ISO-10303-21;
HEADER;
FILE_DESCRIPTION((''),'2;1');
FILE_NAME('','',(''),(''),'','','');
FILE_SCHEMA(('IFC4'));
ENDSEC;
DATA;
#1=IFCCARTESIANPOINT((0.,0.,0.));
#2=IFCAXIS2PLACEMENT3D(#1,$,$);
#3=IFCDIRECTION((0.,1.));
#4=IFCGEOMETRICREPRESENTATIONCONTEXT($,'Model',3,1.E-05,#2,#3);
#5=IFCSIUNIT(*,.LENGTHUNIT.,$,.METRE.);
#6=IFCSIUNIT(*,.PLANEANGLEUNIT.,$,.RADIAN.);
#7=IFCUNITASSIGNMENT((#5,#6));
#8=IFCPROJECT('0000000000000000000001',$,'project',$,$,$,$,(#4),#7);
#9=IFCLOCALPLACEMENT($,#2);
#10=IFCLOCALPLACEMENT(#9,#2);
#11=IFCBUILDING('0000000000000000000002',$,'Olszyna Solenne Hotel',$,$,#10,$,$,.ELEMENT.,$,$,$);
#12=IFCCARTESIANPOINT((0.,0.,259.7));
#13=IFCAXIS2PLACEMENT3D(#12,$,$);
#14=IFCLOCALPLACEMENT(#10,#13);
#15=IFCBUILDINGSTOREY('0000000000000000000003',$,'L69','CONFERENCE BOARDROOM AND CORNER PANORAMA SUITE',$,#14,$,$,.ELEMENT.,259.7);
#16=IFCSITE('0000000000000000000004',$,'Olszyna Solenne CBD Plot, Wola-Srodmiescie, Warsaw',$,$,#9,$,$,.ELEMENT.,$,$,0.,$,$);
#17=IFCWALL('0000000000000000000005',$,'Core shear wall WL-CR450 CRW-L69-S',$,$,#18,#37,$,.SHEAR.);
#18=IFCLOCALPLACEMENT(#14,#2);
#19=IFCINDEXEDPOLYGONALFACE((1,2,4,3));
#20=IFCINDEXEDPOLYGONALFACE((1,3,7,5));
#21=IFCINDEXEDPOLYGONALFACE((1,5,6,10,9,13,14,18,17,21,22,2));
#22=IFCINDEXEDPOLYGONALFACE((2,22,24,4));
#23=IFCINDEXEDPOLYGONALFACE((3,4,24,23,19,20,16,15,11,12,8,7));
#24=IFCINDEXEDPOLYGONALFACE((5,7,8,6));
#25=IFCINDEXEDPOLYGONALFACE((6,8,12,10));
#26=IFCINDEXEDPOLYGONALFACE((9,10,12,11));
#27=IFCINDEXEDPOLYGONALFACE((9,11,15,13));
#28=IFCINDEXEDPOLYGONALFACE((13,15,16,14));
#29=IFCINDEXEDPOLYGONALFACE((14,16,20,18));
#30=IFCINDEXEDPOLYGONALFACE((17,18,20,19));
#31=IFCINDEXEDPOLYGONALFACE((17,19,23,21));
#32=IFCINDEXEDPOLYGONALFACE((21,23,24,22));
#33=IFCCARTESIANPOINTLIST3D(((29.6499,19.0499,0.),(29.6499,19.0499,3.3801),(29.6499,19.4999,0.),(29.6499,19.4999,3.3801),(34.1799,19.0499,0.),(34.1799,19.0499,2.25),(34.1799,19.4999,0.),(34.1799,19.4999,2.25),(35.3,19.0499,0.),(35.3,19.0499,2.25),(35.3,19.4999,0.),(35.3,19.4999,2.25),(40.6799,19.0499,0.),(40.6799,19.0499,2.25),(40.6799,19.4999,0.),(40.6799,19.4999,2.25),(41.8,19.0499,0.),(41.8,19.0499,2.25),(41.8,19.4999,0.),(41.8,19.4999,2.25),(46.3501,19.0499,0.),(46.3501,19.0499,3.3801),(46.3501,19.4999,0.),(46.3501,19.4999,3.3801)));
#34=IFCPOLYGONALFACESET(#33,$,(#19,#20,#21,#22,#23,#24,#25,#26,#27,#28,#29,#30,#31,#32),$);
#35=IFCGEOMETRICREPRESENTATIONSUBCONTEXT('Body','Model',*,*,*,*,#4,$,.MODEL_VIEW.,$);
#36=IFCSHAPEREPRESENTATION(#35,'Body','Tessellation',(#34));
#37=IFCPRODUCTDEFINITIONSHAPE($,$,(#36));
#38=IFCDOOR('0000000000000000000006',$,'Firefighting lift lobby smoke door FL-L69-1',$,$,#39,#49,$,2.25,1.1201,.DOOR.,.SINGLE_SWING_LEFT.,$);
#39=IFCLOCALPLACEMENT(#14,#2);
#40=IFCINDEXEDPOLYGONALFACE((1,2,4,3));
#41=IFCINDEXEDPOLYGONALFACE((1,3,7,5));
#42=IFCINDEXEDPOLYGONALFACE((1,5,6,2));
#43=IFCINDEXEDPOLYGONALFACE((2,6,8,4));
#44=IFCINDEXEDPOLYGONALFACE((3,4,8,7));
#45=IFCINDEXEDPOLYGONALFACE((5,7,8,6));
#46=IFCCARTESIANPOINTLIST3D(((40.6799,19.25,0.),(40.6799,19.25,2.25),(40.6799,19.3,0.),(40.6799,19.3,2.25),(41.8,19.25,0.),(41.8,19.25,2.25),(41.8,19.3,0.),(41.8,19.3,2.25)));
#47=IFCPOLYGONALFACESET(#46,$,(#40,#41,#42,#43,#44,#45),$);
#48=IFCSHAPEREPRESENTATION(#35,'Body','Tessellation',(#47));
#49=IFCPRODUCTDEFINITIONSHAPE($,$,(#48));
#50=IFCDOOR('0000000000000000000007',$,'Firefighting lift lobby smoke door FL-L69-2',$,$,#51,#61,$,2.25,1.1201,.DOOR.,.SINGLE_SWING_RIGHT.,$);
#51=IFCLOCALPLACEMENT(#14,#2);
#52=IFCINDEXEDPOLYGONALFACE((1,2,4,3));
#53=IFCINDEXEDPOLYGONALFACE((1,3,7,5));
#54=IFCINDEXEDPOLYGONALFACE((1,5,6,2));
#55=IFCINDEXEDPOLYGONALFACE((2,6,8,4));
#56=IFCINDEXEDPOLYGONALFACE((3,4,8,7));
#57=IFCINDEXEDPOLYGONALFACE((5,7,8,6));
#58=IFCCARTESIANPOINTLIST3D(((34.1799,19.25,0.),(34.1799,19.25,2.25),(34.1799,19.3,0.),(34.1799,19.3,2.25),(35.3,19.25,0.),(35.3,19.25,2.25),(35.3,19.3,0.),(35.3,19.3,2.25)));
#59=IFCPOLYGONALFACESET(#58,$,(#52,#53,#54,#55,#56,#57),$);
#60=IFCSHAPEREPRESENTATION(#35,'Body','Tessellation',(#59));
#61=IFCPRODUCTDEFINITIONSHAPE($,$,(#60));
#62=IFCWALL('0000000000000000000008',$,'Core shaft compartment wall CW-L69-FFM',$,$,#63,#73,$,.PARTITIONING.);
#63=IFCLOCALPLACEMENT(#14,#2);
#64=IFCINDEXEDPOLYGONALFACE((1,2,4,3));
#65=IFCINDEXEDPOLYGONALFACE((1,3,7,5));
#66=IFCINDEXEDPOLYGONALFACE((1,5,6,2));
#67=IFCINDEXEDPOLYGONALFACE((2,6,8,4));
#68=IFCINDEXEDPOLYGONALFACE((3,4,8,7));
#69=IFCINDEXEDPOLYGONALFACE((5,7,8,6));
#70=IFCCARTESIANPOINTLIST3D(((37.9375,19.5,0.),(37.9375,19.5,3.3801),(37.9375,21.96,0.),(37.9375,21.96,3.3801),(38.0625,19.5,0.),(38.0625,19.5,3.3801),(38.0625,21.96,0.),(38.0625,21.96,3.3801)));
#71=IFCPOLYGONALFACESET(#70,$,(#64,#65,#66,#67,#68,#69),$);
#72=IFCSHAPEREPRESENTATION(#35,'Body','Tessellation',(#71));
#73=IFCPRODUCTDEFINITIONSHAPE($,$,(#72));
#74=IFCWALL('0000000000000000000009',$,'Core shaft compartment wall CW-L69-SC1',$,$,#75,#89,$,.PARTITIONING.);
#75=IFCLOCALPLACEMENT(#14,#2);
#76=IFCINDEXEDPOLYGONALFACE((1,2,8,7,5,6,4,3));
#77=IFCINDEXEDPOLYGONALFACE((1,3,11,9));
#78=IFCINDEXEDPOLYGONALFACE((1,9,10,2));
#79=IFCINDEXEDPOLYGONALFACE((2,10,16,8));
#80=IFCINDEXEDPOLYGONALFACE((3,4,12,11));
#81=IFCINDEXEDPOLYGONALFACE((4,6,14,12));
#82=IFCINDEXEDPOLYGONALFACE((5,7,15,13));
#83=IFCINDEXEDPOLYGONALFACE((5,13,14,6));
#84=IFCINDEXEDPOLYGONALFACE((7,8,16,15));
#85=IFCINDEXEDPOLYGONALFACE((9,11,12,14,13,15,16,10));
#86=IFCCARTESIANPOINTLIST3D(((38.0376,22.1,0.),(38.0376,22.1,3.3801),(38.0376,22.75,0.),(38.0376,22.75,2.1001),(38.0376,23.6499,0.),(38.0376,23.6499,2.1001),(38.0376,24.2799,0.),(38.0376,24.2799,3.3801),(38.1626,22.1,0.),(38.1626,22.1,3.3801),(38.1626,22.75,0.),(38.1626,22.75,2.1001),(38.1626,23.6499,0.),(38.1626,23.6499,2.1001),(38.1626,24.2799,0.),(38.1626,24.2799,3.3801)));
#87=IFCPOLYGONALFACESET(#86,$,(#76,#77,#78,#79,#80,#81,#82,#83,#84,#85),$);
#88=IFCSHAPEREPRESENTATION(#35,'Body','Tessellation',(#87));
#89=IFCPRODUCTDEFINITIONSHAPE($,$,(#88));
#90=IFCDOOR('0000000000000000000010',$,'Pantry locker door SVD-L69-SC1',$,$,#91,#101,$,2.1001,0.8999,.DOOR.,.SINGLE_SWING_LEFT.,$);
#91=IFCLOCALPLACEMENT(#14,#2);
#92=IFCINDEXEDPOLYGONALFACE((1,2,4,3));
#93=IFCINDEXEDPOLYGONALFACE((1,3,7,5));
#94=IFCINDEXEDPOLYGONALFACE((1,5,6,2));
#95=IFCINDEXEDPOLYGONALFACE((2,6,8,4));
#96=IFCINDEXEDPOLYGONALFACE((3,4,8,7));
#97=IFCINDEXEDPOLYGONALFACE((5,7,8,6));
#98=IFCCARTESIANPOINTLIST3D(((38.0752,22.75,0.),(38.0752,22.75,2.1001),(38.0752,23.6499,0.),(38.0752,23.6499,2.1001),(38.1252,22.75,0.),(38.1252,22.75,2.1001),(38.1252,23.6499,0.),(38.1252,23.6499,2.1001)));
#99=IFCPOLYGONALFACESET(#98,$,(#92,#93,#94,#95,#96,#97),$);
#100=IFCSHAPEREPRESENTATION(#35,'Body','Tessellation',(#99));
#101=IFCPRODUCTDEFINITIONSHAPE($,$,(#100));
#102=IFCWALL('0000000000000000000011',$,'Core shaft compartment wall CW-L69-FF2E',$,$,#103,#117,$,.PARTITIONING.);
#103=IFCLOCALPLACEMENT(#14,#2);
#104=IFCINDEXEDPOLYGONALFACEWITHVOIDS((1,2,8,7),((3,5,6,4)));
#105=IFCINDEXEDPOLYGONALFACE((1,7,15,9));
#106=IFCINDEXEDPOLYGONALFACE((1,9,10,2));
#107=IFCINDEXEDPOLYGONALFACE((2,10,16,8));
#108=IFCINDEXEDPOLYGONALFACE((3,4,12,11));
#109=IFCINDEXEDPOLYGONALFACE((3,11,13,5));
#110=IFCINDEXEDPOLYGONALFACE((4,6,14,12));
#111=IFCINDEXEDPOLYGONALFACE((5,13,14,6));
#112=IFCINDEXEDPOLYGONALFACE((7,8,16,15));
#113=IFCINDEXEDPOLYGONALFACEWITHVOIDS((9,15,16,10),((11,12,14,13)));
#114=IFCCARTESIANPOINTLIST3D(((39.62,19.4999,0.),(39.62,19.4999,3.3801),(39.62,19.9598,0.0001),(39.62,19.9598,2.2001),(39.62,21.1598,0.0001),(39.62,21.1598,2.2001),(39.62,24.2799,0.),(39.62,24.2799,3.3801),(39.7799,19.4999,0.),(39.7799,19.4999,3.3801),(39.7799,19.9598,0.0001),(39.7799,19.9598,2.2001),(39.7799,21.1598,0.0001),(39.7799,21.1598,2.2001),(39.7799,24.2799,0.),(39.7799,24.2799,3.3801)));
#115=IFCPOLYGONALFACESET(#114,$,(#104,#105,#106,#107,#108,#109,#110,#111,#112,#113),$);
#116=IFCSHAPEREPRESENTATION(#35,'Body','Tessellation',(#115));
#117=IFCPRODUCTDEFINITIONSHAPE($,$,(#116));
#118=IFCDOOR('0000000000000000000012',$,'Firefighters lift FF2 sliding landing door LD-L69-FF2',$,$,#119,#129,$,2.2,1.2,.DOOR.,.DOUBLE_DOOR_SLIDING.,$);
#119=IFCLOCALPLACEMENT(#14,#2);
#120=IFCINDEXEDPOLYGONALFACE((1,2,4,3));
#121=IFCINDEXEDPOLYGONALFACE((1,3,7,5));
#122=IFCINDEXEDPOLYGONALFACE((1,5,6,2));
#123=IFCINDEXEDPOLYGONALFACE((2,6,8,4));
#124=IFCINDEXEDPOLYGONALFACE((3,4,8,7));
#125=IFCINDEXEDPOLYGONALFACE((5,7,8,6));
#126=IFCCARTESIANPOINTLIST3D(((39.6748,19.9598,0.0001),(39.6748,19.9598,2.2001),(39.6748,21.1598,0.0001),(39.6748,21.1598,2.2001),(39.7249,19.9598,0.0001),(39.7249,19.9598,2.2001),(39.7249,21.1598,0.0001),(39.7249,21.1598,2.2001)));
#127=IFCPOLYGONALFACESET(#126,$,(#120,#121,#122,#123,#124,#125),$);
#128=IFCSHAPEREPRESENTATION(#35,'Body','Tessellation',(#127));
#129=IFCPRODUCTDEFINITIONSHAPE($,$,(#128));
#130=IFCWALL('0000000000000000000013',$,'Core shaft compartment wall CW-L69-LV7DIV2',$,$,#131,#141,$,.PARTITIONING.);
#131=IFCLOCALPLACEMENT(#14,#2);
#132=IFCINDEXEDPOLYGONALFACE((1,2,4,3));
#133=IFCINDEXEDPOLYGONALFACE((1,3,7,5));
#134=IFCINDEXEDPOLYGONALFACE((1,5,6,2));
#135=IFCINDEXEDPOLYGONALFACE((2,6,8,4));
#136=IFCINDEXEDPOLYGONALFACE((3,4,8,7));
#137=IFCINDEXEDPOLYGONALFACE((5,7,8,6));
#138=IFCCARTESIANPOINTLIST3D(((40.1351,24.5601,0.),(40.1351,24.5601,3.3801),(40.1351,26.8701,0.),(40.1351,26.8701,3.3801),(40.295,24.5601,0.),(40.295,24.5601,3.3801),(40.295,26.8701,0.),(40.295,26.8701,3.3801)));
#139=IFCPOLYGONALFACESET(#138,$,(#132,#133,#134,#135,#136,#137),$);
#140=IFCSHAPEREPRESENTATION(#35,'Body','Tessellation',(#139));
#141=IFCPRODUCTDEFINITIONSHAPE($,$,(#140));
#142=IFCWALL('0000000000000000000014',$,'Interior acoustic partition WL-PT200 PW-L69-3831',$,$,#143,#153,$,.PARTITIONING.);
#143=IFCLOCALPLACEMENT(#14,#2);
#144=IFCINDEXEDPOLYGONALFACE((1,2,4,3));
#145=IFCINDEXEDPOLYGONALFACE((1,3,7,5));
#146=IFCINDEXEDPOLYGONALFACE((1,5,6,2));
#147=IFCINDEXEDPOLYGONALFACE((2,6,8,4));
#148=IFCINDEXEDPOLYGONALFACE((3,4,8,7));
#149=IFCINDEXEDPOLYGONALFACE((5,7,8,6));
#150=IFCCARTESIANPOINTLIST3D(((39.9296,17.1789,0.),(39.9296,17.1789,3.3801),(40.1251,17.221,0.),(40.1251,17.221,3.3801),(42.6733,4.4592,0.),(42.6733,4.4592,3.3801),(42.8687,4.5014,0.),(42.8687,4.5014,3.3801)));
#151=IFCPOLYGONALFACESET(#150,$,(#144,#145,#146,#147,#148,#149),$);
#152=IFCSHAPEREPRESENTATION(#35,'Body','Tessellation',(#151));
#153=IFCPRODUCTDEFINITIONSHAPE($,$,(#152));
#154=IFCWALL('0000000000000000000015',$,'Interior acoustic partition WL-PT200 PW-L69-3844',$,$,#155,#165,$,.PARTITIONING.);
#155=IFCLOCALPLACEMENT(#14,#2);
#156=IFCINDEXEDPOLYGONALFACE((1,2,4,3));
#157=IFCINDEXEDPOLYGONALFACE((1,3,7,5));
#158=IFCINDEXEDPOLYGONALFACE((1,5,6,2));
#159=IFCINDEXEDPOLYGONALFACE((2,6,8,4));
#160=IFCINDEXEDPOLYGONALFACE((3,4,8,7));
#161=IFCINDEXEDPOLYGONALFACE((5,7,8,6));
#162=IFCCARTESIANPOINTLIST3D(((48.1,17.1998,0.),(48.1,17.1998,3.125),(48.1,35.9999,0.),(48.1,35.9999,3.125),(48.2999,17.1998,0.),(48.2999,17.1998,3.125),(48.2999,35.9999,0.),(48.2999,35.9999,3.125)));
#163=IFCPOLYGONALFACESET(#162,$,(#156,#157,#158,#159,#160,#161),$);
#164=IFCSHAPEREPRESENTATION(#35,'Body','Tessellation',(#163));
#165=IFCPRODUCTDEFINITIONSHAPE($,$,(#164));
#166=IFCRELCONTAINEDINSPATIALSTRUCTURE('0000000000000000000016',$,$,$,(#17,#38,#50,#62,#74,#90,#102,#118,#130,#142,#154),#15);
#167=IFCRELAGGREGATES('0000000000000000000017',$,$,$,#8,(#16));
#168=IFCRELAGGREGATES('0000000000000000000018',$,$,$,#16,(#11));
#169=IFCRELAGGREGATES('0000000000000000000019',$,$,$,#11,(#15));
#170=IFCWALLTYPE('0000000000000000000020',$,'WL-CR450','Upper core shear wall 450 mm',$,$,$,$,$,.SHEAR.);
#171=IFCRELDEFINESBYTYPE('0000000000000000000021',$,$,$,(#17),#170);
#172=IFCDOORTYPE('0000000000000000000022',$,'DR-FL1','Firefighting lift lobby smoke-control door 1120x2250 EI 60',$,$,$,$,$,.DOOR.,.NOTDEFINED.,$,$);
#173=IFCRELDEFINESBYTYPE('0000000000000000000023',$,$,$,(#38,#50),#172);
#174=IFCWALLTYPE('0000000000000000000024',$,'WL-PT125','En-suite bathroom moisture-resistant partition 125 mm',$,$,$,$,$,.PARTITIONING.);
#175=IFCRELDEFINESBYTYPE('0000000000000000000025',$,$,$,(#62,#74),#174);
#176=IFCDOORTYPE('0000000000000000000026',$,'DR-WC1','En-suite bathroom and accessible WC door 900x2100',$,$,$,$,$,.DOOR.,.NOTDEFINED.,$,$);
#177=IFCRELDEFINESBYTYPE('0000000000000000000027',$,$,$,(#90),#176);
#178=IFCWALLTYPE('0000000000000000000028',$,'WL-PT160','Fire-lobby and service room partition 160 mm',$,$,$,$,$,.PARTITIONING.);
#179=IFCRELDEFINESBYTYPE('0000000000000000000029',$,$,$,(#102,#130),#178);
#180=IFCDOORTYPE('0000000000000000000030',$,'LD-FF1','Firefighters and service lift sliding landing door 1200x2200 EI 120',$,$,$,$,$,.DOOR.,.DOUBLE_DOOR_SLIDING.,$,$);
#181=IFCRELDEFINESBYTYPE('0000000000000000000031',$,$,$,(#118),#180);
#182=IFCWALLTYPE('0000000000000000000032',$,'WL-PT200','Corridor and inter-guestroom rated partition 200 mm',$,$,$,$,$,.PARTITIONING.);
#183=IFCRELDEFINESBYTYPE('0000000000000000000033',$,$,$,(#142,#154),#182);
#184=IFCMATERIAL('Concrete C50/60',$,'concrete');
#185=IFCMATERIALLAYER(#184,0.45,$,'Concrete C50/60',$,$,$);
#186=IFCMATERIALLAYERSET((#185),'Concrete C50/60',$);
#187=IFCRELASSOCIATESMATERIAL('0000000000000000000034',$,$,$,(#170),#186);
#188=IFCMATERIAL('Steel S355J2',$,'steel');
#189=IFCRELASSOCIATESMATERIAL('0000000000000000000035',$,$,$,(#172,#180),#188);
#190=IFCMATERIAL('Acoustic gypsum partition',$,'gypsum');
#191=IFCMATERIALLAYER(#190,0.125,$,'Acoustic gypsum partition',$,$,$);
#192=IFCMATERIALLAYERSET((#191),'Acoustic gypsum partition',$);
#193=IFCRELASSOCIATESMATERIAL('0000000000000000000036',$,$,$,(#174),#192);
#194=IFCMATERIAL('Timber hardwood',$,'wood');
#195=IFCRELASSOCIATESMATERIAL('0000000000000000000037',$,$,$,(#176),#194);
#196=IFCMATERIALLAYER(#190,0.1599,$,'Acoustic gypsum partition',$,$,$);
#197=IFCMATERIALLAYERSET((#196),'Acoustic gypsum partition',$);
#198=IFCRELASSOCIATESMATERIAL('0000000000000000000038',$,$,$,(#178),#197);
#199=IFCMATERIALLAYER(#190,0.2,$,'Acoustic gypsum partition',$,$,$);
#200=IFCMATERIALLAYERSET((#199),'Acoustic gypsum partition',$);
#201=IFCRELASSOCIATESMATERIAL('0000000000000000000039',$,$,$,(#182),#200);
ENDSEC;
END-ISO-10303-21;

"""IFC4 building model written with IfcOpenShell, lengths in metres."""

from ifc_helpers import new_model, si_unit, direction, frame, frame_2d, origin, place, context, subcontext, project, spatial, rectangle, extrude, source, transform, mapped, material, layer, layer_set, type_object, type_shapes, element, fill, save


model = new_model("IFC4")

# Units and contexts
model_context = context("Model", 3, precision=1e-05, world=origin(), true_north=direction((0.0, 1.0)))
body_context = subcontext(model_context, "Body", "Model", "MODEL_VIEW")
ifc_project = project(units=[si_unit("LENGTHUNIT", "METRE"), si_unit("PLANEANGLEUNIT", "RADIAN")], contexts=[model_context])

# Site, building, storey
site_placement = place(None, origin())
site = spatial("IfcSite", under=ifc_project, at=site_placement, Name="Olszyna Solenne CBD Plot, Wola-Srodmiescie, Warsaw", CompositionType="ELEMENT", RefElevation=0.0)
building_placement = place(site_placement, origin())
building = spatial("IfcBuilding", under=site, at=building_placement, Name="Olszyna Solenne Hotel", CompositionType="ELEMENT")
storey_placement = place(building_placement, frame((0.0, 0.0, 259.7)))
storey = spatial("IfcBuildingStorey", under=building, at=storey_placement, Name="L69", Description="CONFERENCE BOARDROOM AND CORNER PANORAMA SUITE", CompositionType="ELEMENT", Elevation=259.7)

# Shared definitions
ifc_material_1 = material(Name="Steel S355J2", Category="steel")

# Shared definitions
ifc_material_2 = material(Name="Concrete C50/60", Category="concrete")

# Wall, openings, doors
ifc_layer_1 = layer(ifc_material_2, 0.45, Name="Concrete C50/60")
ifc_layer_set_1 = layer_set([ifc_layer_1], Name="Concrete C50/60")
wall_type_1 = type_object("IfcWallType", Name="WL-CR450", Description="Upper core shear wall 450 mm", PredefinedType="SHEAR", material=ifc_layer_set_1)
wall_1_placement = place(storey_placement, frame((46.3501, 19.2749, 0.0), z_axis=(0.0, 0.0, 1.0), x_axis=(-1.0, 0.0, 0.0)))
wall_1 = element("IfcWall", 1, at=wall_1_placement, inside=storey, type_object=wall_type_1, Name="Core shear wall WL-CR450 CRW-L69-S", PredefinedType="SHEAR", context=body_context, shape_type="SweptSolid", body=[
    extrude(rectangle(XDim=16.7002, YDim=0.45, at=frame_2d((8.3501, 0.0))), origin(), (0.0, 0.0, 1.0), 3.3801),
])
opening_1_placement = place(wall_1_placement, frame((4.55, 0.0, 0.0)))
opening_1 = element("IfcOpeningElement", 2, at=opening_1_placement, cuts=wall_1, PredefinedType="OPENING", context=body_context, shape_type="SweptSolid", body=[
    extrude(rectangle(XDim=1.1201, YDim=2.25, at=frame_2d((0.5601, 1.125))), frame((0.0, 0.2349, 0.0), z_axis=(0.0, -1.0, 0.0), x_axis=(1.0, 0.0, 0.0)), (0.0, 0.0, 1.0), 0.47),
])
opening_2_placement = place(wall_1_placement, frame((11.05, 0.0, 0.0)))
opening_2 = element("IfcOpeningElement", 3, at=opening_2_placement, cuts=wall_1, PredefinedType="OPENING", context=body_context, shape_type="SweptSolid", body=[
    extrude(rectangle(XDim=1.1201, YDim=2.25, at=frame_2d((0.5601, 1.125))), frame((0.0, 0.2349, 0.0), z_axis=(0.0, -1.0, 0.0), x_axis=(1.0, 0.0, 0.0)), (0.0, 0.0, 1.0), 0.47),
])
door_type_1 = type_object("IfcDoorType", Name="DR-FL1", Description="Firefighting lift lobby smoke-control door 1120x2250 EI 60", OperationType="NOTDEFINED", PredefinedType="DOOR", material=ifc_material_1)
shared_shape_1 = source(origin(), body_context, "Body", "SweptSolid", [
    extrude(rectangle(XDim=1.1201, YDim=2.25, at=frame_2d((0.5601, 1.125))), frame((0.0, 0.0249, 0.0), z_axis=(0.0, -1.0, 0.0), x_axis=(1.0, 0.0, 0.0)), (0.0, 0.0, 1.0), 0.05),
])
type_shapes(door_type_1, [shared_shape_1])
door_1_placement = place(opening_1_placement, origin())
door_1 = element("IfcDoor", 4, at=door_1_placement, inside=storey, type_object=door_type_1, Name="Firefighting lift lobby smoke door FL-L69-1", OperationType="SINGLE_SWING_LEFT", OverallHeight=2.25, OverallWidth=1.1201, PredefinedType="DOOR", context=body_context, shape_type="MappedRepresentation", body=[
    mapped(shared_shape_1, transform((0.0, 0.0, 0.0), x_axis=(1.0, 0.0, 0.0), y_axis=(0.0, 1.0, 0.0), z_axis=(0.0, 0.0, 1.0), scale=1.0)),
])
fill(opening_1, door_1)
door_2_placement = place(opening_2_placement, origin())
door_2 = element("IfcDoor", 5, at=door_2_placement, inside=storey, type_object=door_type_1, Name="Firefighting lift lobby smoke door FL-L69-2", OperationType="SINGLE_SWING_RIGHT", OverallHeight=2.25, OverallWidth=1.1201, PredefinedType="DOOR", context=body_context, shape_type="MappedRepresentation", body=[
    mapped(shared_shape_1, transform((0.0, 0.0, 0.0), x_axis=(1.0, 0.0, 0.0), y_axis=(0.0, 1.0, 0.0), z_axis=(0.0, 0.0, 1.0), scale=1.0)),
])
fill(opening_2, door_2)

# Wall
ifc_material_3 = material(Name="Acoustic gypsum partition", Category="gypsum")
ifc_layer_2 = layer(ifc_material_3, 0.125, Name="Acoustic gypsum partition")
ifc_layer_set_2 = layer_set([ifc_layer_2], Name="Acoustic gypsum partition")
wall_type_2 = type_object("IfcWallType", Name="WL-PT125", Description="En-suite bathroom moisture-resistant partition 125 mm", PredefinedType="PARTITIONING", material=ifc_layer_set_2)
wall_2_placement = place(storey_placement, frame((38.0, 19.5, 0.0), z_axis=(0.0, 0.0, 1.0), x_axis=(0.0, 1.0, 0.0)))
element("IfcWall", 6, at=wall_2_placement, inside=storey, type_object=wall_type_2, Name="Core shaft compartment wall CW-L69-FFM", PredefinedType="PARTITIONING", context=body_context, shape_type="SweptSolid", body=[
    extrude(rectangle(XDim=2.46, YDim=0.125, at=frame_2d((1.23, 0.0))), origin(), (0.0, 0.0, 1.0), 3.3801),
])

# Walls, openings, doors
wall_3_placement = place(storey_placement, frame((38.1001, 22.1001, 0.0), z_axis=(0.0, 0.0, 1.0), x_axis=(0.0, 1.0, 0.0)))
wall_3 = element("IfcWall", 7, at=wall_3_placement, inside=storey, type_object=wall_type_2, Name="Core shaft compartment wall CW-L69-SC1", PredefinedType="PARTITIONING", context=body_context, shape_type="SweptSolid", body=[
    extrude(rectangle(XDim=2.1799, YDim=0.125, at=frame_2d((1.0898, 0.0))), origin(), (0.0, 0.0, 1.0), 3.3801),
])
opening_3_placement = place(wall_3_placement, frame((0.6499, 0.0, 0.0)))
opening_3 = element("IfcOpeningElement", 8, at=opening_3_placement, cuts=wall_3, PredefinedType="OPENING", context=body_context, shape_type="SweptSolid", body=[
    extrude(rectangle(XDim=0.8999, YDim=2.1001, at=frame_2d((0.45, 1.05))), frame((0.0, 0.0725, 0.0), z_axis=(0.0, -1.0, 0.0), x_axis=(1.0, 0.0, 0.0)), (0.0, 0.0, 1.0), 0.145),
])
ifc_material_4 = material(Name="Timber hardwood", Category="wood")
door_type_2 = type_object("IfcDoorType", Name="DR-WC1", Description="En-suite bathroom and accessible WC door 900x2100", OperationType="NOTDEFINED", PredefinedType="DOOR", material=ifc_material_4)
shared_shape_2 = source(origin(), body_context, "Body", "SweptSolid", [
    extrude(rectangle(XDim=0.8999, YDim=2.1001, at=frame_2d((0.45, 1.05))), frame((0.0, 0.0249, 0.0), z_axis=(0.0, -1.0, 0.0), x_axis=(1.0, 0.0, 0.0)), (0.0, 0.0, 1.0), 0.05),
])
type_shapes(door_type_2, [shared_shape_2])
door_3_placement = place(opening_3_placement, origin())
door_3 = element("IfcDoor", 9, at=door_3_placement, inside=storey, type_object=door_type_2, Name="Pantry locker door SVD-L69-SC1", OperationType="SINGLE_SWING_LEFT", OverallHeight=2.1001, OverallWidth=0.8999, PredefinedType="DOOR", context=body_context, shape_type="MappedRepresentation", body=[
    mapped(shared_shape_2, transform((0.0, 0.0, 0.0), x_axis=(1.0, 0.0, 0.0), y_axis=(0.0, 1.0, 0.0), z_axis=(0.0, 0.0, 1.0), scale=1.0)),
])
fill(opening_3, door_3)
ifc_layer_3 = layer(ifc_material_3, 0.1599, Name="Acoustic gypsum partition")
ifc_layer_set_3 = layer_set([ifc_layer_3], Name="Acoustic gypsum partition")
wall_type_3 = type_object("IfcWallType", Name="WL-PT160", Description="Fire-lobby and service room partition 160 mm", PredefinedType="PARTITIONING", material=ifc_layer_set_3)
wall_4_placement = place(storey_placement, frame((39.7, 24.28, 0.0), z_axis=(0.0, 0.0, 1.0), x_axis=(0.0, -1.0, 0.0)))
wall_4 = element("IfcWall", 10, at=wall_4_placement, inside=storey, type_object=wall_type_3, Name="Core shaft compartment wall CW-L69-FF2E", PredefinedType="PARTITIONING", context=body_context, shape_type="SweptSolid", body=[
    extrude(rectangle(XDim=4.78, YDim=0.1599, at=frame_2d((2.3901, 0.0))), origin(), (0.0, 0.0, 1.0), 3.3801),
])
opening_4_placement = place(wall_4_placement, frame((3.1201, 0.0, 0.0)))
opening_4 = element("IfcOpeningElement", 11, at=opening_4_placement, cuts=wall_4, PredefinedType="OPENING", context=body_context, shape_type="SweptSolid", body=[
    extrude(rectangle(XDim=1.2, YDim=2.2, at=frame_2d((0.6001, 1.1001))), frame((0.0, 0.0898, 0.0), z_axis=(0.0, -1.0, 0.0), x_axis=(1.0, 0.0, 0.0)), (0.0, 0.0, 1.0), 0.1799),
])
door_type_3 = type_object("IfcDoorType", Name="LD-FF1", Description="Firefighters and service lift sliding landing door 1200x2200 EI 120", OperationType="DOUBLE_DOOR_SLIDING", PredefinedType="DOOR", material=ifc_material_1)
shared_shape_3 = source(origin(), body_context, "Body", "SweptSolid", [
    extrude(rectangle(XDim=1.2, YDim=2.2, at=frame_2d((0.6001, 1.1001))), frame((0.0, 0.0249, 0.0), z_axis=(0.0, -1.0, 0.0), x_axis=(1.0, 0.0, 0.0)), (0.0, 0.0, 1.0), 0.05),
])
type_shapes(door_type_3, [shared_shape_3])
door_4_placement = place(opening_4_placement, origin())
door_4 = element("IfcDoor", 12, at=door_4_placement, inside=storey, type_object=door_type_3, Name="Firefighters lift FF2 sliding landing door LD-L69-FF2", OperationType="DOUBLE_DOOR_SLIDING", OverallHeight=2.2, OverallWidth=1.2, PredefinedType="DOOR", context=body_context, shape_type="MappedRepresentation", body=[
    mapped(shared_shape_3, transform((0.0, 0.0, 0.0), x_axis=(1.0, 0.0, 0.0), y_axis=(0.0, 1.0, 0.0), z_axis=(0.0, 0.0, 1.0), scale=1.0)),
])
fill(opening_4, door_4)

# Walls
wall_5_placement = place(storey_placement, frame((40.2151, 24.5601, 0.0), z_axis=(0.0, 0.0, 1.0), x_axis=(0.0, 1.0, 0.0)))
element("IfcWall", 13, at=wall_5_placement, inside=storey, type_object=wall_type_3, Name="Core shaft compartment wall CW-L69-LV7DIV2", PredefinedType="PARTITIONING", context=body_context, shape_type="SweptSolid", body=[
    extrude(rectangle(XDim=2.3101, YDim=0.1599, at=frame_2d((1.155, 0.0))), origin(), (0.0, 0.0, 1.0), 3.3801),
])
ifc_layer_4 = layer(ifc_material_3, 0.2, Name="Acoustic gypsum partition")
ifc_layer_set_4 = layer_set([ifc_layer_4], Name="Acoustic gypsum partition")
wall_type_4 = type_object("IfcWallType", Name="WL-PT200", Description="Corridor and inter-guestroom rated partition 200 mm", PredefinedType="PARTITIONING", material=ifc_layer_set_4)
wall_6_placement = place(storey_placement, frame((40.0273, 17.2, 0.0), z_axis=(0.0, 0.0, 1.0), x_axis=(0.210851, -0.977518, 0.0)))
element("IfcWall", 14, at=wall_6_placement, inside=storey, type_object=wall_type_4, Name="Interior acoustic partition WL-PT200 PW-L69-3831", PredefinedType="PARTITIONING", context=body_context, shape_type="SweptSolid", body=[
    extrude(rectangle(XDim=13.0122, YDim=0.2, at=frame_2d((6.5061, 0.0))), origin(), (0.0, 0.0, 1.0), 3.3801),
])
wall_7_placement = place(storey_placement, frame((48.2, 17.2, 0.0), z_axis=(0.0, 0.0, 1.0), x_axis=(0.0, 1.0, 0.0)))
element("IfcWall", 15, at=wall_7_placement, inside=storey, type_object=wall_type_4, Name="Interior acoustic partition WL-PT200 PW-L69-3844", PredefinedType="PARTITIONING", context=body_context, shape_type="SweptSolid", body=[
    extrude(rectangle(XDim=18.8, YDim=0.2, at=frame_2d((9.3999, 0.0))), origin(), (0.0, 0.0, 1.0), 3.125),
])

save(model, "model.ifc")
